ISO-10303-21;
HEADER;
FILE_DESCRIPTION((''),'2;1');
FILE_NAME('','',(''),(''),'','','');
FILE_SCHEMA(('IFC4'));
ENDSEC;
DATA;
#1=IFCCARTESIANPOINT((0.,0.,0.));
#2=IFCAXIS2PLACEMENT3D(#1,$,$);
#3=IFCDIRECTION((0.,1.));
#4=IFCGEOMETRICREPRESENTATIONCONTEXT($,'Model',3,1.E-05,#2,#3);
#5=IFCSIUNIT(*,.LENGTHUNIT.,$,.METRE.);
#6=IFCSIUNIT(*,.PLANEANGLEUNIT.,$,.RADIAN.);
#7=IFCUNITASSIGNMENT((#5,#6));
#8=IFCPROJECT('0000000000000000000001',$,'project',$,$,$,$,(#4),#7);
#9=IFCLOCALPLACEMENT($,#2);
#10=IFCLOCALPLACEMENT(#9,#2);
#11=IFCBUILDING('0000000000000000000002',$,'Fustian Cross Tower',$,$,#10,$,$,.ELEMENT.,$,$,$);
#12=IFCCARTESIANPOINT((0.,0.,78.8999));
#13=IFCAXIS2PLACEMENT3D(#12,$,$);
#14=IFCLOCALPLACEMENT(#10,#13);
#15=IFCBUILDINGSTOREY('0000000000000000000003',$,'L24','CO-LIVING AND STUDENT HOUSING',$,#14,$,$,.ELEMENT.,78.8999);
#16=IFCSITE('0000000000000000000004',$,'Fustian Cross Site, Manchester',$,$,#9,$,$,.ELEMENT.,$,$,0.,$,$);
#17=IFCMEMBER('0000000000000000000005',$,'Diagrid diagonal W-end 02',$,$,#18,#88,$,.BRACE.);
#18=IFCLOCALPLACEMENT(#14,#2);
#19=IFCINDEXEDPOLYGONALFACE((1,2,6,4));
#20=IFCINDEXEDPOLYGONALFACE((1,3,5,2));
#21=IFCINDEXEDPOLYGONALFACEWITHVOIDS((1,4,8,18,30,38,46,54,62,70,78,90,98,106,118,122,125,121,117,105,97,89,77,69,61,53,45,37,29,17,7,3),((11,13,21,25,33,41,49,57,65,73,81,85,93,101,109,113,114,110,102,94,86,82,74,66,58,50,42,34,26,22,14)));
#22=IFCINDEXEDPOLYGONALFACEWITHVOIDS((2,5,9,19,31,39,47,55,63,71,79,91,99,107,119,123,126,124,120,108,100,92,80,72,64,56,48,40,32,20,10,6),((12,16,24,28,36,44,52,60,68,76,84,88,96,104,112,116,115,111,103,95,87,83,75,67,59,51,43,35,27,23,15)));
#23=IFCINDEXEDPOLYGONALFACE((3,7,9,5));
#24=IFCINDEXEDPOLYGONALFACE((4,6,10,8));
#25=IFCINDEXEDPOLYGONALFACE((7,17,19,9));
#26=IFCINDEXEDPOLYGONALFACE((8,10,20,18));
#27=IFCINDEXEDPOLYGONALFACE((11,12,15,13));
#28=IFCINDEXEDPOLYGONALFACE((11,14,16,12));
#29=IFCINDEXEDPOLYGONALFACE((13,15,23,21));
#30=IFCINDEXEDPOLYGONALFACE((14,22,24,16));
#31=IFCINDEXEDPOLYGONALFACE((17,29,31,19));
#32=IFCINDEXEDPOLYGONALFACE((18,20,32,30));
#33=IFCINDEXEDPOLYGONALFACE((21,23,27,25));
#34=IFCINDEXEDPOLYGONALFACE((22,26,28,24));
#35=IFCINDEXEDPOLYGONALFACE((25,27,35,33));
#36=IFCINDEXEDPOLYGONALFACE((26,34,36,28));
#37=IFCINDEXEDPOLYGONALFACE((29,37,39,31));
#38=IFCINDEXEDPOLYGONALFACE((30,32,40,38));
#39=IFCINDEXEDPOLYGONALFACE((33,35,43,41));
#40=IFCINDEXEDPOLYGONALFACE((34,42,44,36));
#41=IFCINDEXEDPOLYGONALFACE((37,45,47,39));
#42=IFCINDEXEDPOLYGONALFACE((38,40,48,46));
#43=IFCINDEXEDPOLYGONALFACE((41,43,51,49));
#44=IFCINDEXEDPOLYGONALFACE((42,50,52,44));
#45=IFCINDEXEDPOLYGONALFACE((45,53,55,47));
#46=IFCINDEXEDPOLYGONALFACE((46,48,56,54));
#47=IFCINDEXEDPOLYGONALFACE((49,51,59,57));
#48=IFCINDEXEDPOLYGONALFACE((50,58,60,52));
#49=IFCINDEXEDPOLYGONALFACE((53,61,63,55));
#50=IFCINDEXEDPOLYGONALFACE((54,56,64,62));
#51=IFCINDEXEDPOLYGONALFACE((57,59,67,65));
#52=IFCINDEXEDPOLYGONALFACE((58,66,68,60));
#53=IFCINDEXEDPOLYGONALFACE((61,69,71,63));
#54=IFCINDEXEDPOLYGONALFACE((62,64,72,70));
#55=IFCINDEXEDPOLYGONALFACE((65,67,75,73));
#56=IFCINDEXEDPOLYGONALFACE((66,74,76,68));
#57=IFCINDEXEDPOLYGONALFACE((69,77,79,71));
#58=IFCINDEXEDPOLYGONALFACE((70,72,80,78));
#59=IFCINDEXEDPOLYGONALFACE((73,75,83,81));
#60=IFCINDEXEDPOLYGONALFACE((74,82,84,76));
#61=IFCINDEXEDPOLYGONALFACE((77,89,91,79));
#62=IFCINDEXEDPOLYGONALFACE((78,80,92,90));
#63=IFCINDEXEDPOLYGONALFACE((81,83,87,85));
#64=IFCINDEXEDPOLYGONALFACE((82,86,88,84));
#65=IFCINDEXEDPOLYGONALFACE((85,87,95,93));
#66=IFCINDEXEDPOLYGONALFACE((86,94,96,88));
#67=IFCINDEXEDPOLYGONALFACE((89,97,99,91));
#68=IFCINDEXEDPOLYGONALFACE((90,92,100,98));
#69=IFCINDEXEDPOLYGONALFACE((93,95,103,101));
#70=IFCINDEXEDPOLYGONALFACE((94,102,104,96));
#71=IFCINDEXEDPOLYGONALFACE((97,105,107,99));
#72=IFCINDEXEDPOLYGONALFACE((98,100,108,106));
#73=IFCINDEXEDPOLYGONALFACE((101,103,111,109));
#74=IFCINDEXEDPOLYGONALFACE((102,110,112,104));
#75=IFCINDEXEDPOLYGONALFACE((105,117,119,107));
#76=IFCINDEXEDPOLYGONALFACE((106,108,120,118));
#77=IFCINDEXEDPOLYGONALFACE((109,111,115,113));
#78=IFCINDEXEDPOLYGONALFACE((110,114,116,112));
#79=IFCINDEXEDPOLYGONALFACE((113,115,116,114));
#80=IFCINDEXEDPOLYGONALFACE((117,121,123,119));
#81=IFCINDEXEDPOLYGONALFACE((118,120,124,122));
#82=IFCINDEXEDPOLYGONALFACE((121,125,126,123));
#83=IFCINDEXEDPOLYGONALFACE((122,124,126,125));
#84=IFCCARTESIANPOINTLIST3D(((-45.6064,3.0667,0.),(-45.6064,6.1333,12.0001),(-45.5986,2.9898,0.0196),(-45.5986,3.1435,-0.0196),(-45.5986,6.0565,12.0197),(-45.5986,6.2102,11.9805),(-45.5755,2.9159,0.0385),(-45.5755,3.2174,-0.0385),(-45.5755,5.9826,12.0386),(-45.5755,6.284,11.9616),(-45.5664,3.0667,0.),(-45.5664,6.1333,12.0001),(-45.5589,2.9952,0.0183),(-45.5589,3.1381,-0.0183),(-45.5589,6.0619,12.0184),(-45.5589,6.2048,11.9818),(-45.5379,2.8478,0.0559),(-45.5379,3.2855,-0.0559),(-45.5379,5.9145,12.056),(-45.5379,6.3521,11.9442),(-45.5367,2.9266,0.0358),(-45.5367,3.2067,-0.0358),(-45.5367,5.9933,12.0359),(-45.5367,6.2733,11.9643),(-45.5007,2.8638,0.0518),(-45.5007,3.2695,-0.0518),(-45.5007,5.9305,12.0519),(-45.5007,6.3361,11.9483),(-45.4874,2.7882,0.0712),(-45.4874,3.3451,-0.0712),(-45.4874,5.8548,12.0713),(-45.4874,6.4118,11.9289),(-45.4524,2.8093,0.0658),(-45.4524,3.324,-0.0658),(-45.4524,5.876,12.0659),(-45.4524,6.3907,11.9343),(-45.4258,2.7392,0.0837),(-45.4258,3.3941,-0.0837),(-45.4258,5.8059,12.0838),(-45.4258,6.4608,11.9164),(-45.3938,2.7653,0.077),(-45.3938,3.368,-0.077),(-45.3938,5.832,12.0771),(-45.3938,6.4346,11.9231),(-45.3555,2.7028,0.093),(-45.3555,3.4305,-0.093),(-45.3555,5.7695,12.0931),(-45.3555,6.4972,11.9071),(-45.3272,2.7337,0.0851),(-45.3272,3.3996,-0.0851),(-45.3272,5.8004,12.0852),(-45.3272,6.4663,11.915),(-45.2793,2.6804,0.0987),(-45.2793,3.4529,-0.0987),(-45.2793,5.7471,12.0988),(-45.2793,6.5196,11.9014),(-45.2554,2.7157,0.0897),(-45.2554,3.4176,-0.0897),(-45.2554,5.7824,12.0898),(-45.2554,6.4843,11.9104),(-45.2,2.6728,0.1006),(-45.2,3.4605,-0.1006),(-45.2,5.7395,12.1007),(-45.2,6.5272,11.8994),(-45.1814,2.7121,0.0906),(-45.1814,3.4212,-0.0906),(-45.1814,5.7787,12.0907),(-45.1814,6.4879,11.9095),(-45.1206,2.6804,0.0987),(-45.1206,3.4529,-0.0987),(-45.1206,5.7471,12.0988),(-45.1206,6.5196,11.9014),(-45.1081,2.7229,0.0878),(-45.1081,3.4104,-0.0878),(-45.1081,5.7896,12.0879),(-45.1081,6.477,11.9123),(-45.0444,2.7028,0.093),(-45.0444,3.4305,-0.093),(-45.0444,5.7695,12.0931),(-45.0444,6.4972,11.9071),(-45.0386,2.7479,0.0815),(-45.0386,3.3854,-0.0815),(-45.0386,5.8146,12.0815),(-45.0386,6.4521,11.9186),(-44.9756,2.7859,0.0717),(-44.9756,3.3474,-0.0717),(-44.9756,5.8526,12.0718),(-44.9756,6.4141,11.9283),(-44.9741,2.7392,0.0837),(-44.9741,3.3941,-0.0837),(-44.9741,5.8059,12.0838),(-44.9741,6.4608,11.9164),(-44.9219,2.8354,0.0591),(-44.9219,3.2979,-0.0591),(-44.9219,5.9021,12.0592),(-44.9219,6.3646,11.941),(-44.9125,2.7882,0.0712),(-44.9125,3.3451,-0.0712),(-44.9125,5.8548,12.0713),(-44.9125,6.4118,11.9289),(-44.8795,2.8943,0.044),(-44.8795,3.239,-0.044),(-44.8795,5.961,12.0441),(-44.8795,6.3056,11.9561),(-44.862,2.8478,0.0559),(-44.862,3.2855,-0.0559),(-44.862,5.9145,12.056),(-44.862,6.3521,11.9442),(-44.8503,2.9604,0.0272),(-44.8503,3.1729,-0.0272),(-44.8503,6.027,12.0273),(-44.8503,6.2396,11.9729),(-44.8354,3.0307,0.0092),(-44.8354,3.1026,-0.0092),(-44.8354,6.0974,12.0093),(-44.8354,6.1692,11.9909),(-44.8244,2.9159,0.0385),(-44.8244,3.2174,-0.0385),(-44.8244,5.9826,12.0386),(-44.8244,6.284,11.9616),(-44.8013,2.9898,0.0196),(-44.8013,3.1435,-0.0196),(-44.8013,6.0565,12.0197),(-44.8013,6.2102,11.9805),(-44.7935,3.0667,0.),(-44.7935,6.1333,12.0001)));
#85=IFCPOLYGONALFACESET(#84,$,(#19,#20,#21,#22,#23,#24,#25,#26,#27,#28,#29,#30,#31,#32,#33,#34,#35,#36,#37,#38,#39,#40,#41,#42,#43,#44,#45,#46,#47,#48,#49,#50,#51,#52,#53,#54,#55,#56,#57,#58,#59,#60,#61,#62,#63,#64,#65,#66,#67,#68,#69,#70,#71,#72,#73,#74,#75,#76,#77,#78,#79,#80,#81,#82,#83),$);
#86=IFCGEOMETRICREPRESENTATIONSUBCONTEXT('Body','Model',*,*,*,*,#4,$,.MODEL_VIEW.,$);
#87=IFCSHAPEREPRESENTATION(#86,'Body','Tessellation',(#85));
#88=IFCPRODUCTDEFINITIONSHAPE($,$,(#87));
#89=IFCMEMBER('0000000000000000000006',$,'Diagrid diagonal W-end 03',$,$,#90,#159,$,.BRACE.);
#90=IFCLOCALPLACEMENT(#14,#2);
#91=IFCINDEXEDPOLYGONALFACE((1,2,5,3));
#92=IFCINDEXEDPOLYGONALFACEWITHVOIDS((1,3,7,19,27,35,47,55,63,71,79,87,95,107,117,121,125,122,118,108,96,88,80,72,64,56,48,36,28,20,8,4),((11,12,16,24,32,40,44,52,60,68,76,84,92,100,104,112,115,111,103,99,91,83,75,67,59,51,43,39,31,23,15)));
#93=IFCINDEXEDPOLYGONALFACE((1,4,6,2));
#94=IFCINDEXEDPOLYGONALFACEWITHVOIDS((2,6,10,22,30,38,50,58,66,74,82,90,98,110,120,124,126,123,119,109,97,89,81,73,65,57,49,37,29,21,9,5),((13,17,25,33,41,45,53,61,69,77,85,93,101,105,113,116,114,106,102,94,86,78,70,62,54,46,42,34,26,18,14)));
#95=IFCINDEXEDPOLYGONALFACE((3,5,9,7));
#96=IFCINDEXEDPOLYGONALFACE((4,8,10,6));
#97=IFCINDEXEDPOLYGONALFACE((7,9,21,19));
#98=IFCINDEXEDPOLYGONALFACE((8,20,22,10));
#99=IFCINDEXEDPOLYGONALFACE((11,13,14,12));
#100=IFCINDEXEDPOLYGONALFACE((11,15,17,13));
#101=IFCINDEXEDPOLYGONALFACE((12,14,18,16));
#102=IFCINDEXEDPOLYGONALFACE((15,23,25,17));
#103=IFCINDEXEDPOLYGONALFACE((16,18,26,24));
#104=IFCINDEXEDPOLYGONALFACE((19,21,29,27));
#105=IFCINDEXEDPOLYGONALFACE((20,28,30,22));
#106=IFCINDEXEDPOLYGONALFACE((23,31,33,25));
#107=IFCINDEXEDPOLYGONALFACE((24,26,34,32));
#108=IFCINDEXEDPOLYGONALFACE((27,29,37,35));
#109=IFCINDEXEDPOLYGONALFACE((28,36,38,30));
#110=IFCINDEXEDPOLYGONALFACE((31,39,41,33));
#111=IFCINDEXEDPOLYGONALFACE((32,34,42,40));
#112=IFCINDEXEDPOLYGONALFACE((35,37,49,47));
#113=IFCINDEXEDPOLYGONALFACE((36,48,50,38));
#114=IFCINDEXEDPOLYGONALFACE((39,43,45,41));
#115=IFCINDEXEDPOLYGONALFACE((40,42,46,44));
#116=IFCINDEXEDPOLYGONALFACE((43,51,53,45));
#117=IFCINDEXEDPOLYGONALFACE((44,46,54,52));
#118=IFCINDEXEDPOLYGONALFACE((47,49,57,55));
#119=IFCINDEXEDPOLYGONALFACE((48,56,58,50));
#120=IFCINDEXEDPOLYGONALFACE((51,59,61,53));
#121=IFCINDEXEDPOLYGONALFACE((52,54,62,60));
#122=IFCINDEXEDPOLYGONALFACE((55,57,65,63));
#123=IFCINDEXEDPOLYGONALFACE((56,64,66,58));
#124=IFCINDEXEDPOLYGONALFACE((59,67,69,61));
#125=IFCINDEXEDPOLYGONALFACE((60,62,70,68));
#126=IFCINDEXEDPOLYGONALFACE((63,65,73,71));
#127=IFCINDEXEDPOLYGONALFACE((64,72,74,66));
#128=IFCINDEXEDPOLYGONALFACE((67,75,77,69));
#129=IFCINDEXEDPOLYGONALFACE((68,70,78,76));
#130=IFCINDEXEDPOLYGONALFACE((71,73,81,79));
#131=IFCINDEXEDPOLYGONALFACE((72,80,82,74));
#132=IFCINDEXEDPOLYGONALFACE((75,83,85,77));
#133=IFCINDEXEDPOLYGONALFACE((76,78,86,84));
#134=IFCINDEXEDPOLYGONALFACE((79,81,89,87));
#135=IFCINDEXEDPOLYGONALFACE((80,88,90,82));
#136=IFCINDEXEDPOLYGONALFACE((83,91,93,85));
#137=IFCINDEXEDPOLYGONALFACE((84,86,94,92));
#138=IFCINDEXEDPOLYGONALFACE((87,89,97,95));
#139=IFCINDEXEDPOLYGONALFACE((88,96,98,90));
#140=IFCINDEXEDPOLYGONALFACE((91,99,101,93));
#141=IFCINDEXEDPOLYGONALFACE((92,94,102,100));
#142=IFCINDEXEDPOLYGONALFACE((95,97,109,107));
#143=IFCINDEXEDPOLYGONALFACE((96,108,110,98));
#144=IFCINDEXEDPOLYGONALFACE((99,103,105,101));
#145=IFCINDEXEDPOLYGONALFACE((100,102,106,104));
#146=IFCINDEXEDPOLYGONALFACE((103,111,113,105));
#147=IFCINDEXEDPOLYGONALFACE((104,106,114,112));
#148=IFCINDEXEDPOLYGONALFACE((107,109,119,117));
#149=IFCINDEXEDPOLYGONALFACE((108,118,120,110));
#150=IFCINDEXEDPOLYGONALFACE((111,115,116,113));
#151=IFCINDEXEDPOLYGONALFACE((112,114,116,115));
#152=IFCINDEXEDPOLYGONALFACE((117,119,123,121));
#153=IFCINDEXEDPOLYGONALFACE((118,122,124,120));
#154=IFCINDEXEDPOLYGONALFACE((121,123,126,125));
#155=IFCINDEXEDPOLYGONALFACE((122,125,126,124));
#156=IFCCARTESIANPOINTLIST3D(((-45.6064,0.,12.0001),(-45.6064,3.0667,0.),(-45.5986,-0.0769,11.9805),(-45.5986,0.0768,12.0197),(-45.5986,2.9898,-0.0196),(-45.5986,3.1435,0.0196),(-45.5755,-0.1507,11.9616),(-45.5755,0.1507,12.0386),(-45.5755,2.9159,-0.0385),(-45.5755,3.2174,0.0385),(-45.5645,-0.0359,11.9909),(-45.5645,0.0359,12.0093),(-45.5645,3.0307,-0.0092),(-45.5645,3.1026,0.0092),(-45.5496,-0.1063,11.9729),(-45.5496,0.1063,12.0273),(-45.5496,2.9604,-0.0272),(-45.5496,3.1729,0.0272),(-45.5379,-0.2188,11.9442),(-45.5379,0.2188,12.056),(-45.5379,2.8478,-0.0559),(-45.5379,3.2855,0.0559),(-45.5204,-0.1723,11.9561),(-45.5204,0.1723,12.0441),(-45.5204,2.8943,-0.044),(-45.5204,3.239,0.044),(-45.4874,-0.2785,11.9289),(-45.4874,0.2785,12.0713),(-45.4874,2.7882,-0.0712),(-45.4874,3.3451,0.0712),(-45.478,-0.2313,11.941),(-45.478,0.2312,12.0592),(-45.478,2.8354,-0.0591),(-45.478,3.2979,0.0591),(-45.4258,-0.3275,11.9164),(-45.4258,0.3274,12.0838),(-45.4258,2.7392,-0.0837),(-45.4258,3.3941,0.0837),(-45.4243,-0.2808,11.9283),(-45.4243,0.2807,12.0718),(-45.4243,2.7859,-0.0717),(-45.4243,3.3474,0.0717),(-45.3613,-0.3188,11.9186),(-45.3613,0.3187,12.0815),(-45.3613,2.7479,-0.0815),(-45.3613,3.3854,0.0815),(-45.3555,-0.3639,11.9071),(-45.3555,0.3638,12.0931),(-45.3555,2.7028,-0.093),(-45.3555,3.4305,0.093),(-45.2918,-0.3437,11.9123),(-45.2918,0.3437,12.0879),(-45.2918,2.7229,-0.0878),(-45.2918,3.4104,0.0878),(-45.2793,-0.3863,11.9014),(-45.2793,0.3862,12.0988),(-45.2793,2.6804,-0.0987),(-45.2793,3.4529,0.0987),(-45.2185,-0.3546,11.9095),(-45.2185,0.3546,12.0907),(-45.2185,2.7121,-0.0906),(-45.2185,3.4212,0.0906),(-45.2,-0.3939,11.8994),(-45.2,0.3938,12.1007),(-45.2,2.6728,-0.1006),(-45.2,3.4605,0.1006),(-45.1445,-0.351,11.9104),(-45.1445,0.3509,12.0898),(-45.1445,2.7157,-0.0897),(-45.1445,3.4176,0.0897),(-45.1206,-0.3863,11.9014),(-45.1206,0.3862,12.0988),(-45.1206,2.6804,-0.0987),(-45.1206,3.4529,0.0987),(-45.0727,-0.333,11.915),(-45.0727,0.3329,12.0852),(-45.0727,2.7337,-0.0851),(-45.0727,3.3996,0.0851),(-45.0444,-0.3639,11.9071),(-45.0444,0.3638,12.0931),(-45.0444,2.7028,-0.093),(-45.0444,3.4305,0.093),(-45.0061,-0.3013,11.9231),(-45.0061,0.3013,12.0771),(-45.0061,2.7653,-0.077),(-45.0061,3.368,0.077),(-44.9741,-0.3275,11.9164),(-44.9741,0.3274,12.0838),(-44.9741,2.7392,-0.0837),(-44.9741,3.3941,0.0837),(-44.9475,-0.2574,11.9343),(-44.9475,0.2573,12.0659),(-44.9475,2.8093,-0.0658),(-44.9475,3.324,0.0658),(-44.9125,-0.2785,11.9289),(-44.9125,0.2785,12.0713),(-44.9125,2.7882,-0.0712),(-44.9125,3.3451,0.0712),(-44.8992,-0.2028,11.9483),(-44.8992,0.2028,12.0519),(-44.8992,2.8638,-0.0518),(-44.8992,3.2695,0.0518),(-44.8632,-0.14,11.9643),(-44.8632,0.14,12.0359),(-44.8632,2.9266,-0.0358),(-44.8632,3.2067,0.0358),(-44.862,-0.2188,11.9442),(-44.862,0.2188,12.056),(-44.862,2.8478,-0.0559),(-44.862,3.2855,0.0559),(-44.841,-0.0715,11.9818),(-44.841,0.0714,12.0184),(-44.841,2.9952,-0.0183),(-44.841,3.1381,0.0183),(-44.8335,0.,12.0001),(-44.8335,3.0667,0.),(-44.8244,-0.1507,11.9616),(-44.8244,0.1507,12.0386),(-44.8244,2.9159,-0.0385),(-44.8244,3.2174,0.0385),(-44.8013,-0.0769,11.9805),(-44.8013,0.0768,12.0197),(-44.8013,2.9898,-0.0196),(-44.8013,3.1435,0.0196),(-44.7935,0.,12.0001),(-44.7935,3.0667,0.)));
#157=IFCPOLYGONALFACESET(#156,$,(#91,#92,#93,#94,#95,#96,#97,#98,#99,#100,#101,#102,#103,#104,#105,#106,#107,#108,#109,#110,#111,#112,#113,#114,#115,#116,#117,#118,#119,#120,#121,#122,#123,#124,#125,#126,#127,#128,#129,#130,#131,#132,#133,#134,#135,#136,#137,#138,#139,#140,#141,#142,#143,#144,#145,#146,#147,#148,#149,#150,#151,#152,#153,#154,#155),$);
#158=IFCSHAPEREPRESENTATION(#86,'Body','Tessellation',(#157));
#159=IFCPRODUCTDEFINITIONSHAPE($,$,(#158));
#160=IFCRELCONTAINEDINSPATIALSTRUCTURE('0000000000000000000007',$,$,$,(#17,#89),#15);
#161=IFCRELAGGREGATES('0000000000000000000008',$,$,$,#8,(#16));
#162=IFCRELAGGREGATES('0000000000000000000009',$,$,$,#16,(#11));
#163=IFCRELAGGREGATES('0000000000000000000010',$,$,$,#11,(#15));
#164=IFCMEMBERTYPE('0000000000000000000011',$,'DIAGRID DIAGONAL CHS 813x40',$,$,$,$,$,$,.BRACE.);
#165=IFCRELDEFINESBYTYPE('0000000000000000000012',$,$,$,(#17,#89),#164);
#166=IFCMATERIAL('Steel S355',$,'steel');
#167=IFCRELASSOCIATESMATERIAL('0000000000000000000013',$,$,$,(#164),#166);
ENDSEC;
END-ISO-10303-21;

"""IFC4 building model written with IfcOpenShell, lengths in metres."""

from ifc_helpers import new_model, si_unit, direction, frame, origin, origin_2d, place, context, subcontext, project, spatial, hollow_circle, extrude, material, material_profile, profile_set, type_object, element, save


model = new_model("IFC4")

# Units and contexts
model_context = context("Model", 3, precision=1e-05, world=origin(), true_north=direction((0.0, 1.0)))
body_context = subcontext(model_context, "Body", "Model", "MODEL_VIEW")
ifc_project = project(units=[si_unit("LENGTHUNIT", "METRE"), si_unit("PLANEANGLEUNIT", "RADIAN")], contexts=[model_context])

# Site, building, storey
site_placement = place(None, origin())
site = spatial("IfcSite", under=ifc_project, at=site_placement, Name="Fustian Cross Site, Manchester", CompositionType="ELEMENT", RefElevation=0.0)
building_placement = place(site_placement, origin())
building = spatial("IfcBuilding", under=site, at=building_placement, Name="Fustian Cross Tower", CompositionType="ELEMENT")
storey_placement = place(building_placement, frame((0.0, 0.0, 78.8999)))
storey = spatial("IfcBuildingStorey", under=building, at=storey_placement, Name="L24", Description="CO-LIVING AND STUDENT HOUSING", CompositionType="ELEMENT", Elevation=78.8999)

# Members
ifc_material_1 = material(Name="Steel S355", Category="steel")
ifc_material_profile_1 = material_profile(ifc_material_1, hollow_circle(Radius=0.4065, WallThickness=0.04, at=origin_2d()), Name="CHS 813x40")
ifc_profile_set_1 = profile_set([ifc_material_profile_1], Name="Steel S355")
member_type_1 = type_object("IfcMemberType", Name="DIAGRID DIAGONAL CHS 813x40", PredefinedType="BRACE", material=ifc_profile_set_1)
for number, where, z_axis, x_axis, name in (
    (1, (-45.2, 3.0667, 0.0), (0.0, 0.247597, 0.968863), (-1.0, 0.0, 0.0), "Diagrid diagonal W-end 02"),
    (2, (-45.2, 3.0667, 0.0), (0.0, -0.247597, 0.968863), (1.0, 0.0, 0.0), "Diagrid diagonal W-end 03"),
):
    element("IfcMember", number, at=place(storey_placement, frame(where, z_axis=z_axis, x_axis=x_axis)), inside=storey, type_object=member_type_1, Name=name, PredefinedType="BRACE", context=body_context, shape_type="SweptSolid", body=[
        extrude(hollow_circle(Radius=0.4065, WallThickness=0.04, at=origin_2d()), origin(), (0.0, 0.0, 1.0), 12.3857),
    ])

save(model, "model.ifc")
